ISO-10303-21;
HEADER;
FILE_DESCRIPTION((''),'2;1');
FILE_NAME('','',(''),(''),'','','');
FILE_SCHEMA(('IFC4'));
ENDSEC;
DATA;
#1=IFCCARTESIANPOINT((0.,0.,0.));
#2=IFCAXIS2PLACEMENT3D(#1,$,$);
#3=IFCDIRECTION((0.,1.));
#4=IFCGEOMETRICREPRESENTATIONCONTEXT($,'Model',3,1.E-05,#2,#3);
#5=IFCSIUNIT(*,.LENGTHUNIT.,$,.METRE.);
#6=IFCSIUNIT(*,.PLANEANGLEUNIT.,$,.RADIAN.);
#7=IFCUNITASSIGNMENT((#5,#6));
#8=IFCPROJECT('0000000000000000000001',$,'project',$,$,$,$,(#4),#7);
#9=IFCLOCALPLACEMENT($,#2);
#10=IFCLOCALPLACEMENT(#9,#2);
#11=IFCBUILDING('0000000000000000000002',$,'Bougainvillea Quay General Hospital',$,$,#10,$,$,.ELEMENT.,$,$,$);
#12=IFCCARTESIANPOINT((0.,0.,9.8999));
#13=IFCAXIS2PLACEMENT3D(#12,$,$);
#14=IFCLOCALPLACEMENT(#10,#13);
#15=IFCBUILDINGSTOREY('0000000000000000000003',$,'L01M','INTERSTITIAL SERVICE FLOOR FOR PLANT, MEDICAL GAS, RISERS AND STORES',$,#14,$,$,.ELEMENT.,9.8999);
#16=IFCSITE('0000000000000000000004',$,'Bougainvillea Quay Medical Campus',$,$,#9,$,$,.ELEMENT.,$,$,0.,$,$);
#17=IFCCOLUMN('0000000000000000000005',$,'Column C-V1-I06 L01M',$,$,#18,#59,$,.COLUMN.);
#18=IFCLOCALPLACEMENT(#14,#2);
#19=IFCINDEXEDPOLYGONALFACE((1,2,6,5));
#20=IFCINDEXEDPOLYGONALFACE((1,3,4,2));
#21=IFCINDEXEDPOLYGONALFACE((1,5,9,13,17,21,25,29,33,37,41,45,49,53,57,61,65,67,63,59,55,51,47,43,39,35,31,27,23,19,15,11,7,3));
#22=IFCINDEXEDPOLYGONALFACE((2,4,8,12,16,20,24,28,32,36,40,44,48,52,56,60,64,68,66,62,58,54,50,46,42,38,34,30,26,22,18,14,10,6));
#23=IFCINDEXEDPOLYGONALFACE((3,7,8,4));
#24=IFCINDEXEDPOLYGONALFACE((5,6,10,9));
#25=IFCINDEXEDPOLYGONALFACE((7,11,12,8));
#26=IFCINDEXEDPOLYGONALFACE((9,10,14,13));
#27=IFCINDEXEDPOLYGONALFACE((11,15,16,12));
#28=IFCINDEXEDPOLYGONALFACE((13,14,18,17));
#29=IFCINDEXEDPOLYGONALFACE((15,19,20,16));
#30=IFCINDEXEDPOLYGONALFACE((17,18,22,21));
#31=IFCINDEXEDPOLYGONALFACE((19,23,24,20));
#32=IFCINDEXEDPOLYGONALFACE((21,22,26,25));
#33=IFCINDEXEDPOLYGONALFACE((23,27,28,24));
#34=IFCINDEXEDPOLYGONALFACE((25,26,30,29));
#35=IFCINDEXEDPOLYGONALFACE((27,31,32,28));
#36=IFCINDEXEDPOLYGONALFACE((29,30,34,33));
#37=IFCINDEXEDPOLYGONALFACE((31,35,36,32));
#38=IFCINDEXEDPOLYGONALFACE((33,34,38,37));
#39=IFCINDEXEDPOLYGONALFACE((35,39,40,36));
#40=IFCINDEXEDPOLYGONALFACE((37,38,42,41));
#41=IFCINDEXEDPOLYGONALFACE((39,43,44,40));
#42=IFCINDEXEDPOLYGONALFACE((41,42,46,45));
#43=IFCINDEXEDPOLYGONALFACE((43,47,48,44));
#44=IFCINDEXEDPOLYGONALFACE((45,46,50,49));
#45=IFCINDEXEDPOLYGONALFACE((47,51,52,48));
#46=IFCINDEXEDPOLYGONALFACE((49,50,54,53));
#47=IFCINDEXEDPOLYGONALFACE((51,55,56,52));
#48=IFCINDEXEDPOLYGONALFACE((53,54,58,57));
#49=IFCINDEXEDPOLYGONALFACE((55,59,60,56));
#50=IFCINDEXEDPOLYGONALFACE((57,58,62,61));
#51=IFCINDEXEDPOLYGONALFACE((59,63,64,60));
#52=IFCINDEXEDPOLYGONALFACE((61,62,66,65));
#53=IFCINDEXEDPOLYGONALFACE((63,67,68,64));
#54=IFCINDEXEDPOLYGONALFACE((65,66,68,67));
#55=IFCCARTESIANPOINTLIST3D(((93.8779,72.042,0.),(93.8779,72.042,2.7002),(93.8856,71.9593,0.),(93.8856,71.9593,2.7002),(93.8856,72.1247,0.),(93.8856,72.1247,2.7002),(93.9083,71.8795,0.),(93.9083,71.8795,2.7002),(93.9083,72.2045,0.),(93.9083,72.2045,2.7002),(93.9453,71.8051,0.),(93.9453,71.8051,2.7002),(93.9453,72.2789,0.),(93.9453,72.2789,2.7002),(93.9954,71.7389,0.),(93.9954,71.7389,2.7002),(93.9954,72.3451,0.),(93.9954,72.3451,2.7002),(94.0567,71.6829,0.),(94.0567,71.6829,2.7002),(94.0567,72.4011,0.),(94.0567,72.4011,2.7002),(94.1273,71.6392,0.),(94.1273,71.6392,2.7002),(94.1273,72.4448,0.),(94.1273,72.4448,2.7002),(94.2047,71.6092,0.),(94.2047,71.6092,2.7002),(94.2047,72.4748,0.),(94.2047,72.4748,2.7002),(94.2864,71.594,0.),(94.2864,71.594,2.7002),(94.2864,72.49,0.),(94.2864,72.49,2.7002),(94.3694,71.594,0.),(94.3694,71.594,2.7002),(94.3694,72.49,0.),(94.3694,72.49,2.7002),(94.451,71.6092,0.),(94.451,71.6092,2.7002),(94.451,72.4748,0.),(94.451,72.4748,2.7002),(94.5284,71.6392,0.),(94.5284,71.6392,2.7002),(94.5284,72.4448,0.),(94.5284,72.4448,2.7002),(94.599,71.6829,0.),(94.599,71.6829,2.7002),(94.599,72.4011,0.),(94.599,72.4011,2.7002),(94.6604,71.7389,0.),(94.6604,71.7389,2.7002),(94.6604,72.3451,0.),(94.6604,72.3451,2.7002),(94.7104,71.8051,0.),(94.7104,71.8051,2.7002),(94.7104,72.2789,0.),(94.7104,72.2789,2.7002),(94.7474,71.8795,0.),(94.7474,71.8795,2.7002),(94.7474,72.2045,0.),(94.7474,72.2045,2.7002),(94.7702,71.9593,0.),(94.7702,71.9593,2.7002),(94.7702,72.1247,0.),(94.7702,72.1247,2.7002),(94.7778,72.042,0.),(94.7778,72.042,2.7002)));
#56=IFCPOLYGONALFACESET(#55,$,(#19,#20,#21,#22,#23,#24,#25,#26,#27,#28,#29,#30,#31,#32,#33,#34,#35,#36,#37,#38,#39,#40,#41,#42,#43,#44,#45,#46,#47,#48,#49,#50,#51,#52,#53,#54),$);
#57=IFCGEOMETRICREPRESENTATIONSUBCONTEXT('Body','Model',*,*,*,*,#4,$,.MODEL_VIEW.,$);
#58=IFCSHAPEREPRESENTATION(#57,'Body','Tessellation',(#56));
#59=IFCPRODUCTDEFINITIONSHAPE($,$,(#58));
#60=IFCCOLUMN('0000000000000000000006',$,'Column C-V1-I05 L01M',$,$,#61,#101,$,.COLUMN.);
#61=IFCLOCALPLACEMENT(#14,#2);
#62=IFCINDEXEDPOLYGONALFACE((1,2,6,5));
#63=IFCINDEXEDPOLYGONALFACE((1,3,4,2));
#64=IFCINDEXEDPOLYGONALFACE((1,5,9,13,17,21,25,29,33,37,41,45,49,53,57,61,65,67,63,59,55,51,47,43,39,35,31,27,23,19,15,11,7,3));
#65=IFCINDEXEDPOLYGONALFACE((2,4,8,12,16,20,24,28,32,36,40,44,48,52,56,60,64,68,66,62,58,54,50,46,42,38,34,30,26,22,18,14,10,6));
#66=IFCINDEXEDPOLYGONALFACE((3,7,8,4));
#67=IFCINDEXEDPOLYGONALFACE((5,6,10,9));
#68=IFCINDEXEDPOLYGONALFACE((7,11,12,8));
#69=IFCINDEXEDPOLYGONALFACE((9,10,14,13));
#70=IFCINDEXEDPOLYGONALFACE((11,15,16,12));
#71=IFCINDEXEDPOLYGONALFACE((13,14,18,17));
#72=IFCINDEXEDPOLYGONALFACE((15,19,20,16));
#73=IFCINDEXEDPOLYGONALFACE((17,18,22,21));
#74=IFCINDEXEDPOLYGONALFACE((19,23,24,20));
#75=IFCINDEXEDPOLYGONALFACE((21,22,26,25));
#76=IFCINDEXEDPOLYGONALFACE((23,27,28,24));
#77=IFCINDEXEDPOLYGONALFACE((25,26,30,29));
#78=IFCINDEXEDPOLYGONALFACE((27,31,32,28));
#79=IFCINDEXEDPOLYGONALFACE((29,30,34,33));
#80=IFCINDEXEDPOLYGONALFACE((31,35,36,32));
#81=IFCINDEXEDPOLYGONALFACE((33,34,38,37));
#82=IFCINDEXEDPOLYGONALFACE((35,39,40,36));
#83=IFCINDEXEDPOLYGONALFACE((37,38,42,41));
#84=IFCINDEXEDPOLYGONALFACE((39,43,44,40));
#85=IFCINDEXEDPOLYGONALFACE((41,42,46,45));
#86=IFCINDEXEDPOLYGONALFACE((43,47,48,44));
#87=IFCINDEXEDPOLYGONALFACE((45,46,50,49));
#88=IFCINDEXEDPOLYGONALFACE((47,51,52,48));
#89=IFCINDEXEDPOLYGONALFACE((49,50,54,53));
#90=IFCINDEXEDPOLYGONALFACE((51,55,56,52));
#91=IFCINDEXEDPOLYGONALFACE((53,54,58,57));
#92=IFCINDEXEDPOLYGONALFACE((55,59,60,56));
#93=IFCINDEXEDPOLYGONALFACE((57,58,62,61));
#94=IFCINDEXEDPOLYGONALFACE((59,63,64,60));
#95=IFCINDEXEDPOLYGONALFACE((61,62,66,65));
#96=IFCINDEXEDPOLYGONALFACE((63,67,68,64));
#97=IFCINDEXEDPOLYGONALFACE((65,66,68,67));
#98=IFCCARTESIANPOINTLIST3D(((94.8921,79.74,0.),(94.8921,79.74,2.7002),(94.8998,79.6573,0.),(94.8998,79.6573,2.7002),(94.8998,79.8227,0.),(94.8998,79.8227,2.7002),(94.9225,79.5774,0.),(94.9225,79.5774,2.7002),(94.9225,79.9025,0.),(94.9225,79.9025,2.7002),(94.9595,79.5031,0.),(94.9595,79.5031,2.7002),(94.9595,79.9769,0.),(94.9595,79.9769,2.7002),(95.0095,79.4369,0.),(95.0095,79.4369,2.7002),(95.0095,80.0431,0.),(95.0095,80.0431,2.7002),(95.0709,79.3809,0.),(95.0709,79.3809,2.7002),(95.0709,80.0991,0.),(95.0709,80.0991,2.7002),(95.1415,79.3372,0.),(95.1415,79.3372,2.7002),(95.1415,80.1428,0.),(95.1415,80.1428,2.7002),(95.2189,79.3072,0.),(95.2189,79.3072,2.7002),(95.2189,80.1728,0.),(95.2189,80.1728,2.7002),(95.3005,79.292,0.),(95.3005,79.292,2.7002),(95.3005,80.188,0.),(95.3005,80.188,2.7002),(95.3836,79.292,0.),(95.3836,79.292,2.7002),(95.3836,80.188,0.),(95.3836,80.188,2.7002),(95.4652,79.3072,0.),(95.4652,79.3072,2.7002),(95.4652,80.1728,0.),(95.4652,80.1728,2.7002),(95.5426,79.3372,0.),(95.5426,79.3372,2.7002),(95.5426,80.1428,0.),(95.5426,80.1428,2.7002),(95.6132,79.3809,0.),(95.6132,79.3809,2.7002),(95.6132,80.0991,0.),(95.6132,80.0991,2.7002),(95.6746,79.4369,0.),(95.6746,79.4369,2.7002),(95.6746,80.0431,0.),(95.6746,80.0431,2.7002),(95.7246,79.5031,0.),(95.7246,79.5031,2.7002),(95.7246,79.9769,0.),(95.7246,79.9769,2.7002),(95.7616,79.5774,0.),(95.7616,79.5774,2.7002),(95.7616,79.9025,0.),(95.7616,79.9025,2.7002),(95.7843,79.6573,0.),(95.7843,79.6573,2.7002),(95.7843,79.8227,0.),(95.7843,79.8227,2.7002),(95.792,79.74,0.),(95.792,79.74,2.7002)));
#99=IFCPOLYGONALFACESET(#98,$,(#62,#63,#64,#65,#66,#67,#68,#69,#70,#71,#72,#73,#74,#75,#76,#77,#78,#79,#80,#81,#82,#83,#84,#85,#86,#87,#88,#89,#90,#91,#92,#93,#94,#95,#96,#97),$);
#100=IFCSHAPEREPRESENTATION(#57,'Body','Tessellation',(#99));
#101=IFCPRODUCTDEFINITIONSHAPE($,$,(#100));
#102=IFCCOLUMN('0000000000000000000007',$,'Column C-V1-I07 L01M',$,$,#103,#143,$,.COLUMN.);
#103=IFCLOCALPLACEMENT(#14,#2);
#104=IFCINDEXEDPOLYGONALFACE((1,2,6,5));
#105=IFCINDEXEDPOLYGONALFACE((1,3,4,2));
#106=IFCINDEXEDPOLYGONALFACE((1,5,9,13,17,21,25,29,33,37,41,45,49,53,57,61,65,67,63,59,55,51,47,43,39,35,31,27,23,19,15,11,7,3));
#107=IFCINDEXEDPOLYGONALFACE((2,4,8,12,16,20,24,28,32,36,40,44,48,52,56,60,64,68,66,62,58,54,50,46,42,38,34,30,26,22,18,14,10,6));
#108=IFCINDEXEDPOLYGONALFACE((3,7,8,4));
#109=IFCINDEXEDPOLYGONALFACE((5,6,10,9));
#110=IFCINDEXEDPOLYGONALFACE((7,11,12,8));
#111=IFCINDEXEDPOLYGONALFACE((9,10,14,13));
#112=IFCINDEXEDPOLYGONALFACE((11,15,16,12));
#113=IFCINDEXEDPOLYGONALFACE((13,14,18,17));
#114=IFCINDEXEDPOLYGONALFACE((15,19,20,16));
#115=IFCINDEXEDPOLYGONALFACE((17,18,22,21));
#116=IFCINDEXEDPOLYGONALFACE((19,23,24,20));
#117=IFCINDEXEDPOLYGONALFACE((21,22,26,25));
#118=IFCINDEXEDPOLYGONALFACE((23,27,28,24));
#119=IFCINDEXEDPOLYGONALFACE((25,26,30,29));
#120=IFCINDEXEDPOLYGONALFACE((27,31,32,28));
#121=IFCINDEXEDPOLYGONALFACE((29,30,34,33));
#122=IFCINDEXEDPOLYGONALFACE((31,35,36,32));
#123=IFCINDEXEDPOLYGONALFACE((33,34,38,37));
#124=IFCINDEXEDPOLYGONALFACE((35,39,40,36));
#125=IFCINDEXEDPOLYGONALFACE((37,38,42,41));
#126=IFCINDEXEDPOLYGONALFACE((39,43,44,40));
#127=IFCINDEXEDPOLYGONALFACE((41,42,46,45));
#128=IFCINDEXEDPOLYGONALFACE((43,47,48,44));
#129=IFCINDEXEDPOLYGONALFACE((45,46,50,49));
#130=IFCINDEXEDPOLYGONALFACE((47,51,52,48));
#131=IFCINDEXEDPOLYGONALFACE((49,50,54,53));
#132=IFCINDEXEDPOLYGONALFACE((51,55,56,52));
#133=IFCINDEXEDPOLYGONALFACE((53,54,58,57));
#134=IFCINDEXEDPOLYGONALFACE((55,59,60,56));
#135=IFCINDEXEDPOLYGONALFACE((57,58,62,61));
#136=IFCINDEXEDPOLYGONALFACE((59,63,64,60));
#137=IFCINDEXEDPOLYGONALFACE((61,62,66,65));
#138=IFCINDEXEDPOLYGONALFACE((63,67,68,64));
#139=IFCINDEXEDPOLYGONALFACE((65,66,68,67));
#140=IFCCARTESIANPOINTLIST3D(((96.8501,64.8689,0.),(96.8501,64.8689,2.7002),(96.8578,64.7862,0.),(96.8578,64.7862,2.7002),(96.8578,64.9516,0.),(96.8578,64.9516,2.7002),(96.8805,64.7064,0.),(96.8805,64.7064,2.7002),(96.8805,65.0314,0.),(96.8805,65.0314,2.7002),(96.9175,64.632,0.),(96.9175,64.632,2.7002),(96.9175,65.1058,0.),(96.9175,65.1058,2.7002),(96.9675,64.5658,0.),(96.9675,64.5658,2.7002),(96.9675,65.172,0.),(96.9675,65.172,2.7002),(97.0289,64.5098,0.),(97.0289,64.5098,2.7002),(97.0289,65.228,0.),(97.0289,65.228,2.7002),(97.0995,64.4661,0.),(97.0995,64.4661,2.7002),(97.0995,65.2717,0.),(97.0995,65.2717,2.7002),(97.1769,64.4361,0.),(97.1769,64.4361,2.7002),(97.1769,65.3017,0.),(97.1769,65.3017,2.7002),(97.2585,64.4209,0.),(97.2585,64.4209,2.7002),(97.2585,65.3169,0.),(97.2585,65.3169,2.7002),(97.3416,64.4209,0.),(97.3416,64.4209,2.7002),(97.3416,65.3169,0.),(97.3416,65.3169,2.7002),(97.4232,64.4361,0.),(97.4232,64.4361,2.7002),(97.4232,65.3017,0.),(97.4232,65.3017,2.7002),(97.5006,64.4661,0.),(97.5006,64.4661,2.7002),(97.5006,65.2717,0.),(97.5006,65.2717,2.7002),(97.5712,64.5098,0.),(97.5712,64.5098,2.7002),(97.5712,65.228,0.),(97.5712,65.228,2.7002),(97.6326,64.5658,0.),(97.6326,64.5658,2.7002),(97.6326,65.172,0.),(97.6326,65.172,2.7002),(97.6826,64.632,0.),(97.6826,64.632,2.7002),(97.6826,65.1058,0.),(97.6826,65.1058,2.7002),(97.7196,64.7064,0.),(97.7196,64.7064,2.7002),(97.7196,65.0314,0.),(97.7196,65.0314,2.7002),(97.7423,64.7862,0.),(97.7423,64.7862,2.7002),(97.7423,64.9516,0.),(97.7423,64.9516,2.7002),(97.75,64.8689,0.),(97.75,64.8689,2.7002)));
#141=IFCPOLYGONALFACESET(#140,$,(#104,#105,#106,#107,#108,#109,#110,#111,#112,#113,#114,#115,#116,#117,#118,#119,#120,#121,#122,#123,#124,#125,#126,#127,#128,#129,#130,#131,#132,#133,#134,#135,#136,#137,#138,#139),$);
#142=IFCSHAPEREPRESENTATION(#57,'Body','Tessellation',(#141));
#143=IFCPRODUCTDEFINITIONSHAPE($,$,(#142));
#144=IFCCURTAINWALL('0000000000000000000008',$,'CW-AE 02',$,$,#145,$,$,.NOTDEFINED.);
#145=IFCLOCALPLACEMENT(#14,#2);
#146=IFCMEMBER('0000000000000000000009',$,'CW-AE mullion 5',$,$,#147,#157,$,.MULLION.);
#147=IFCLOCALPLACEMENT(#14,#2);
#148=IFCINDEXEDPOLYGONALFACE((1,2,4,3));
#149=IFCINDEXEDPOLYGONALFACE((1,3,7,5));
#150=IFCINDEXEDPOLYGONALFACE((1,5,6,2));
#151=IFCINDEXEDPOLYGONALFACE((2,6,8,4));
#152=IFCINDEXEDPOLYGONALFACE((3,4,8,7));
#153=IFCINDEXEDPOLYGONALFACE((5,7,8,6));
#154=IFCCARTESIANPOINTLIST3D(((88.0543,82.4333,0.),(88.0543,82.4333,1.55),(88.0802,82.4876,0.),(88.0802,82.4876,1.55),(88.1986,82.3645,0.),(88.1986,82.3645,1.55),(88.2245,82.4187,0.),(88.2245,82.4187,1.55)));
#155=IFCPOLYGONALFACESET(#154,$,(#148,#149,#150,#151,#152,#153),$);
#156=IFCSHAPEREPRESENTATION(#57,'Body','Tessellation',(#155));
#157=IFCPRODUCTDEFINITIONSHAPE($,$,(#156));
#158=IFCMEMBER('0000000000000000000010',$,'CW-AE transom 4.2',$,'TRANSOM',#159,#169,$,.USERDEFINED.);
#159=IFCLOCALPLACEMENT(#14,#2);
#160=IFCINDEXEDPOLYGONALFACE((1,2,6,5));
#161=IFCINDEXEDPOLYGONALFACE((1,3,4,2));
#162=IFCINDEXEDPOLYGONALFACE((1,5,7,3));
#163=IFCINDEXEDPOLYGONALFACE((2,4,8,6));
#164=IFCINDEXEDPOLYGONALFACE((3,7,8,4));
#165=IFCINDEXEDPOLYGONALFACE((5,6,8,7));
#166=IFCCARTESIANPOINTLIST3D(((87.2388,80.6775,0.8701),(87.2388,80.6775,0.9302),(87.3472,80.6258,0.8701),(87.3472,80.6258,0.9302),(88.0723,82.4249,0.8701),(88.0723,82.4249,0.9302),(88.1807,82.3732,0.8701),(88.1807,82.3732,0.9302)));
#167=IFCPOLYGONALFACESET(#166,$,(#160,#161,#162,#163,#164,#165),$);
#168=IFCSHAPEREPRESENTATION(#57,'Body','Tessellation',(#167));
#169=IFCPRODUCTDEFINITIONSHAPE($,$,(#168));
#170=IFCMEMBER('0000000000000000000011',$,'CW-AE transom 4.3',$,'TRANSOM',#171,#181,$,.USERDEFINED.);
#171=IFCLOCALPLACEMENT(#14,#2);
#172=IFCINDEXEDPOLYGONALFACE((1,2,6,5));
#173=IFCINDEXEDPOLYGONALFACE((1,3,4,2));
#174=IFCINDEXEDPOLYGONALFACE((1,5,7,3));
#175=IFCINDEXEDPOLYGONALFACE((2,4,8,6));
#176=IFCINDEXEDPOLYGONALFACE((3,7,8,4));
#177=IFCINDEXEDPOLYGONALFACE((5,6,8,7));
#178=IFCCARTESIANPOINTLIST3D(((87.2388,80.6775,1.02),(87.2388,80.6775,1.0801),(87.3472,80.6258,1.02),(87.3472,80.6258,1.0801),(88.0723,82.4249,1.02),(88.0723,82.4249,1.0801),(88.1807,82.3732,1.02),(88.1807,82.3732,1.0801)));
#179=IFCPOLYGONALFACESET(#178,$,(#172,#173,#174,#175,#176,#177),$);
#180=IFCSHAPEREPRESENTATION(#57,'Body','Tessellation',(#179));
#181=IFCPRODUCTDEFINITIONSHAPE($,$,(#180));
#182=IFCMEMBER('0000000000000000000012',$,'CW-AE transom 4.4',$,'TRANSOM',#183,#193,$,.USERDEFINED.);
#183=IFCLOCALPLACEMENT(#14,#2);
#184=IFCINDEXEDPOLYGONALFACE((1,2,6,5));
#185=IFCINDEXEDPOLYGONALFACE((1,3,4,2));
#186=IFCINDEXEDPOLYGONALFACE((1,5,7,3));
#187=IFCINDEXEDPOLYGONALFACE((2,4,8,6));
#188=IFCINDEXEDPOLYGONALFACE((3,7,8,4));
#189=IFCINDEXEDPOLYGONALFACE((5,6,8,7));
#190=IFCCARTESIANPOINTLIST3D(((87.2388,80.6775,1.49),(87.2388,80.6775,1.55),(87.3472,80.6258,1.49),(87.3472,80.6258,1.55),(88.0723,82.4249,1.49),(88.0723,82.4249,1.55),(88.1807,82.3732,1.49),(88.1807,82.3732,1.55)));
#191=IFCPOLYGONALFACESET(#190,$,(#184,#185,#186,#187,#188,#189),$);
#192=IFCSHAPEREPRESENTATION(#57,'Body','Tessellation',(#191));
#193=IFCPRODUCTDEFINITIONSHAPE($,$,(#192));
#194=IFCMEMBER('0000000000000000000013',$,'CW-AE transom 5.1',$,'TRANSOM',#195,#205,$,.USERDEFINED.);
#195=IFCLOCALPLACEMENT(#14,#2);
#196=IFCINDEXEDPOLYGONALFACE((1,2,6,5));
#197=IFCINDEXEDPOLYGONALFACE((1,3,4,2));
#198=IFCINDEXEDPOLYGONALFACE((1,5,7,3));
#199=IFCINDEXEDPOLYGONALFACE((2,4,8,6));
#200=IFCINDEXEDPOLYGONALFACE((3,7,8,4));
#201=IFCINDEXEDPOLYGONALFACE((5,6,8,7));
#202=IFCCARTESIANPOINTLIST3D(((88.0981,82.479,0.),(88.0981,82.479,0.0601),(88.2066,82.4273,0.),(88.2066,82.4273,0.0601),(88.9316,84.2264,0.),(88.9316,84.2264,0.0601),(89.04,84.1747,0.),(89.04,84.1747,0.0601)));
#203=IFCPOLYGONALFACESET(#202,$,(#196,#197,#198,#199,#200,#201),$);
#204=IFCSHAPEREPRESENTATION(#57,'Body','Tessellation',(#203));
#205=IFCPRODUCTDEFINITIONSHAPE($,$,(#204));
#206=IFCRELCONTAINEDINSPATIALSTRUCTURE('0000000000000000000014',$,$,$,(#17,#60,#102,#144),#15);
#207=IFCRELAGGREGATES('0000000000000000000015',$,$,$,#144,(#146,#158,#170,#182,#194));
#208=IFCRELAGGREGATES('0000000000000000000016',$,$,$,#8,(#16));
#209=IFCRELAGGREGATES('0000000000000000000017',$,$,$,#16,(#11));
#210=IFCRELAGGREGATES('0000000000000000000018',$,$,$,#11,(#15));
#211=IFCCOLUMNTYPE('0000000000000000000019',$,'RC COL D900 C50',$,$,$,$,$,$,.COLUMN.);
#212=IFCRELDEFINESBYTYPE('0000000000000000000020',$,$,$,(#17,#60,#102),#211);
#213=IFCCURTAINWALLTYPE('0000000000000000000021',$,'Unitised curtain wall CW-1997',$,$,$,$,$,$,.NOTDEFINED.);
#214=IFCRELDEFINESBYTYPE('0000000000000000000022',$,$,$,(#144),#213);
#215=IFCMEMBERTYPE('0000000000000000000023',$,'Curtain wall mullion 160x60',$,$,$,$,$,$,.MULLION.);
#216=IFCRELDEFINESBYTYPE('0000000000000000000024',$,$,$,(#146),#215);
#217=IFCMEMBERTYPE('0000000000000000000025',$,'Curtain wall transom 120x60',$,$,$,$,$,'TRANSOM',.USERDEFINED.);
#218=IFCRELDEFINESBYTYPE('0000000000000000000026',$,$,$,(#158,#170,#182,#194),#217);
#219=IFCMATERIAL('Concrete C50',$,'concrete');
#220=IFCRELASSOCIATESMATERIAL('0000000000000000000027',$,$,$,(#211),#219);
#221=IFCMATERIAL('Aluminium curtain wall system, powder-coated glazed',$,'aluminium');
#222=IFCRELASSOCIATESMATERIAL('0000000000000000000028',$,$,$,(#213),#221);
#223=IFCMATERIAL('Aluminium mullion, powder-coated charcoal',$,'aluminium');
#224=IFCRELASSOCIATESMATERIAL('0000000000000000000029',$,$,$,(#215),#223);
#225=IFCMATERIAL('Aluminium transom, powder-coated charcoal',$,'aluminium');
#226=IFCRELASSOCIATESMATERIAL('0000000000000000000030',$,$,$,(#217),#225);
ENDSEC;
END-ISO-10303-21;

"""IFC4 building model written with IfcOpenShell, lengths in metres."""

from ifc_helpers import new_model, si_unit, direction, frame, origin, origin_2d, place, context, subcontext, project, spatial, rectangle, circle, extrude, material, material_profile, profile_set, type_object, element, aggregate, save


model = new_model("IFC4")

# Units and contexts
model_context = context("Model", 3, precision=1e-05, world=origin(), true_north=direction((0.0, 1.0)))
body_context = subcontext(model_context, "Body", "Model", "MODEL_VIEW")
ifc_project = project(units=[si_unit("LENGTHUNIT", "METRE"), si_unit("PLANEANGLEUNIT", "RADIAN")], contexts=[model_context])

# Site, building, storey
site_placement = place(None, origin())
site = spatial("IfcSite", under=ifc_project, at=site_placement, Name="Bougainvillea Quay Medical Campus", CompositionType="ELEMENT", RefElevation=0.0)
building_placement = place(site_placement, origin())
building = spatial("IfcBuilding", under=site, at=building_placement, Name="Bougainvillea Quay General Hospital", CompositionType="ELEMENT")
storey_placement = place(building_placement, frame((0.0, 0.0, 9.8999)))
storey = spatial("IfcBuildingStorey", under=building, at=storey_placement, Name="L01M", Description="INTERSTITIAL SERVICE FLOOR FOR PLANT, MEDICAL GAS, RISERS AND STORES", CompositionType="ELEMENT", Elevation=9.8999)

# Columns
ifc_material_1 = material(Name="Concrete C50", Category="concrete")
ifc_material_profile_1 = material_profile(ifc_material_1, circle(Radius=0.45, at=origin_2d()))
ifc_profile_set_1 = profile_set([ifc_material_profile_1], Name="Concrete C50")
column_type = type_object("IfcColumnType", Name="RC COL D900 C50", PredefinedType="COLUMN", material=ifc_profile_set_1)
for number, where, z_axis, x_axis, name in (
    (1, (94.3279, 72.042, 0.0), (0.0, 0.0, 1.0), (1.0, 0.0, 0.0), "Column C-V1-I06 L01M"),
    (2, (95.342, 79.74, 0.0), (0.0, 0.0, 1.0), (1.0, 0.0, 0.0), "Column C-V1-I05 L01M"),
    (3, (97.3, 64.8689, 0.0), (0.0, 0.0, 1.0), (1.0, 0.0, 0.0), "Column C-V1-I07 L01M"),
):
    element("IfcColumn", number, at=place(storey_placement, frame(where, z_axis=z_axis, x_axis=x_axis)), inside=storey, type_object=column_type, Name=name, PredefinedType="COLUMN", context=body_context, shape_type="SweptSolid", body=[
        extrude(circle(Radius=0.45, at=origin_2d()), origin(), (0.0, 0.0, 1.0), 2.7002),
    ])

# Curtain wall, members
ifc_material_2 = material(Name="Aluminium curtain wall system, powder-coated glazed", Category="aluminium")
curtain_wall_type = type_object("IfcCurtainWallType", Name="Unitised curtain wall CW-1997", PredefinedType="NOTDEFINED", material=ifc_material_2)
curtain_wall_placement = place(storey_placement, origin())
curtain_wall = element("IfcCurtainWall", 4, at=curtain_wall_placement, inside=storey, type_object=curtain_wall_type, Name="CW-AE 02", PredefinedType="NOTDEFINED")
ifc_material_3 = material(Name="Aluminium mullion, powder-coated charcoal", Category="aluminium")
ifc_material_profile_2 = material_profile(ifc_material_3, rectangle(XDim=0.1599, YDim=0.0601, at=origin_2d()))
ifc_profile_set_2 = profile_set([ifc_material_profile_2], Name="Aluminium mullion, powder-coated charcoal")
member_type_1 = type_object("IfcMemberType", Name="Curtain wall mullion 160x60", PredefinedType="MULLION", material=ifc_profile_set_2)
member_1_placement = place(storey_placement, frame((88.1394, 82.426, 0.0), z_axis=(0.0, 0.0, 1.0), x_axis=(-0.902578, 0.430525, 0.0)))
member_1 = element("IfcMember", 5, at=member_1_placement, type_object=member_type_1, Name="CW-AE mullion 5", PredefinedType="MULLION", context=body_context, shape_type="SweptSolid", body=[
    extrude(rectangle(XDim=0.1599, YDim=0.0601, at=origin_2d()), origin(), (0.0, 0.0, 1.0), 1.55),
])
ifc_material_4 = material(Name="Aluminium transom, powder-coated charcoal", Category="aluminium")
ifc_material_profile_3 = material_profile(ifc_material_4, rectangle(XDim=0.1201, YDim=0.0601, at=origin_2d()))
ifc_profile_set_3 = profile_set([ifc_material_profile_3], Name="Aluminium transom, powder-coated charcoal")
member_type_2 = type_object("IfcMemberType", Name="Curtain wall transom 120x60", ElementType="TRANSOM", PredefinedType="USERDEFINED", material=ifc_profile_set_3)
member_2_placement = place(storey_placement, frame((87.293, 80.6516, 0.9001), z_axis=(0.43054, 0.902571, 0.0), x_axis=(-0.902571, 0.43054, 0.0)))
member_2 = element("IfcMember", 6, at=member_2_placement, type_object=member_type_2, Name="CW-AE transom 4.2", ObjectType="TRANSOM", PredefinedType="USERDEFINED", context=body_context, shape_type="SweptSolid", body=[
    extrude(rectangle(XDim=0.1201, YDim=0.0601, at=origin_2d()), origin(), (0.0, 0.0, 1.0), 1.936),
])
member_3_placement = place(storey_placement, frame((87.293, 80.6516, 1.05), z_axis=(0.43054, 0.902571, 0.0), x_axis=(-0.902571, 0.43054, 0.0)))
member_3 = element("IfcMember", 7, at=member_3_placement, type_object=member_type_2, Name="CW-AE transom 4.3", ObjectType="TRANSOM", PredefinedType="USERDEFINED", context=body_context, shape_type="SweptSolid", body=[
    extrude(rectangle(XDim=0.1201, YDim=0.0601, at=origin_2d()), origin(), (0.0, 0.0, 1.0), 1.936),
])
member_4_placement = place(storey_placement, frame((87.293, 80.6516, 1.52), z_axis=(0.43054, 0.902571, 0.0), x_axis=(-0.902571, 0.43054, 0.0)))
member_4 = element("IfcMember", 8, at=member_4_placement, type_object=member_type_2, Name="CW-AE transom 4.4", ObjectType="TRANSOM", PredefinedType="USERDEFINED", context=body_context, shape_type="SweptSolid", body=[
    extrude(rectangle(XDim=0.1201, YDim=0.0601, at=origin_2d()), origin(), (0.0, 0.0, 1.0), 1.936),
])
member_5_placement = place(storey_placement, frame((88.1523, 82.4531, 0.03), z_axis=(0.430491, 0.902595, 0.0), x_axis=(-0.902595, 0.430491, 0.0)))
member_5 = element("IfcMember", 9, at=member_5_placement, type_object=member_type_2, Name="CW-AE transom 5.1", ObjectType="TRANSOM", PredefinedType="USERDEFINED", context=body_context, shape_type="SweptSolid", body=[
    extrude(rectangle(XDim=0.1201, YDim=0.0601, at=origin_2d()), origin(), (0.0, 0.0, 1.0), 1.936),
])
aggregate(curtain_wall, [member_1, member_2, member_3, member_4, member_5])

save(model, "model.ifc")
